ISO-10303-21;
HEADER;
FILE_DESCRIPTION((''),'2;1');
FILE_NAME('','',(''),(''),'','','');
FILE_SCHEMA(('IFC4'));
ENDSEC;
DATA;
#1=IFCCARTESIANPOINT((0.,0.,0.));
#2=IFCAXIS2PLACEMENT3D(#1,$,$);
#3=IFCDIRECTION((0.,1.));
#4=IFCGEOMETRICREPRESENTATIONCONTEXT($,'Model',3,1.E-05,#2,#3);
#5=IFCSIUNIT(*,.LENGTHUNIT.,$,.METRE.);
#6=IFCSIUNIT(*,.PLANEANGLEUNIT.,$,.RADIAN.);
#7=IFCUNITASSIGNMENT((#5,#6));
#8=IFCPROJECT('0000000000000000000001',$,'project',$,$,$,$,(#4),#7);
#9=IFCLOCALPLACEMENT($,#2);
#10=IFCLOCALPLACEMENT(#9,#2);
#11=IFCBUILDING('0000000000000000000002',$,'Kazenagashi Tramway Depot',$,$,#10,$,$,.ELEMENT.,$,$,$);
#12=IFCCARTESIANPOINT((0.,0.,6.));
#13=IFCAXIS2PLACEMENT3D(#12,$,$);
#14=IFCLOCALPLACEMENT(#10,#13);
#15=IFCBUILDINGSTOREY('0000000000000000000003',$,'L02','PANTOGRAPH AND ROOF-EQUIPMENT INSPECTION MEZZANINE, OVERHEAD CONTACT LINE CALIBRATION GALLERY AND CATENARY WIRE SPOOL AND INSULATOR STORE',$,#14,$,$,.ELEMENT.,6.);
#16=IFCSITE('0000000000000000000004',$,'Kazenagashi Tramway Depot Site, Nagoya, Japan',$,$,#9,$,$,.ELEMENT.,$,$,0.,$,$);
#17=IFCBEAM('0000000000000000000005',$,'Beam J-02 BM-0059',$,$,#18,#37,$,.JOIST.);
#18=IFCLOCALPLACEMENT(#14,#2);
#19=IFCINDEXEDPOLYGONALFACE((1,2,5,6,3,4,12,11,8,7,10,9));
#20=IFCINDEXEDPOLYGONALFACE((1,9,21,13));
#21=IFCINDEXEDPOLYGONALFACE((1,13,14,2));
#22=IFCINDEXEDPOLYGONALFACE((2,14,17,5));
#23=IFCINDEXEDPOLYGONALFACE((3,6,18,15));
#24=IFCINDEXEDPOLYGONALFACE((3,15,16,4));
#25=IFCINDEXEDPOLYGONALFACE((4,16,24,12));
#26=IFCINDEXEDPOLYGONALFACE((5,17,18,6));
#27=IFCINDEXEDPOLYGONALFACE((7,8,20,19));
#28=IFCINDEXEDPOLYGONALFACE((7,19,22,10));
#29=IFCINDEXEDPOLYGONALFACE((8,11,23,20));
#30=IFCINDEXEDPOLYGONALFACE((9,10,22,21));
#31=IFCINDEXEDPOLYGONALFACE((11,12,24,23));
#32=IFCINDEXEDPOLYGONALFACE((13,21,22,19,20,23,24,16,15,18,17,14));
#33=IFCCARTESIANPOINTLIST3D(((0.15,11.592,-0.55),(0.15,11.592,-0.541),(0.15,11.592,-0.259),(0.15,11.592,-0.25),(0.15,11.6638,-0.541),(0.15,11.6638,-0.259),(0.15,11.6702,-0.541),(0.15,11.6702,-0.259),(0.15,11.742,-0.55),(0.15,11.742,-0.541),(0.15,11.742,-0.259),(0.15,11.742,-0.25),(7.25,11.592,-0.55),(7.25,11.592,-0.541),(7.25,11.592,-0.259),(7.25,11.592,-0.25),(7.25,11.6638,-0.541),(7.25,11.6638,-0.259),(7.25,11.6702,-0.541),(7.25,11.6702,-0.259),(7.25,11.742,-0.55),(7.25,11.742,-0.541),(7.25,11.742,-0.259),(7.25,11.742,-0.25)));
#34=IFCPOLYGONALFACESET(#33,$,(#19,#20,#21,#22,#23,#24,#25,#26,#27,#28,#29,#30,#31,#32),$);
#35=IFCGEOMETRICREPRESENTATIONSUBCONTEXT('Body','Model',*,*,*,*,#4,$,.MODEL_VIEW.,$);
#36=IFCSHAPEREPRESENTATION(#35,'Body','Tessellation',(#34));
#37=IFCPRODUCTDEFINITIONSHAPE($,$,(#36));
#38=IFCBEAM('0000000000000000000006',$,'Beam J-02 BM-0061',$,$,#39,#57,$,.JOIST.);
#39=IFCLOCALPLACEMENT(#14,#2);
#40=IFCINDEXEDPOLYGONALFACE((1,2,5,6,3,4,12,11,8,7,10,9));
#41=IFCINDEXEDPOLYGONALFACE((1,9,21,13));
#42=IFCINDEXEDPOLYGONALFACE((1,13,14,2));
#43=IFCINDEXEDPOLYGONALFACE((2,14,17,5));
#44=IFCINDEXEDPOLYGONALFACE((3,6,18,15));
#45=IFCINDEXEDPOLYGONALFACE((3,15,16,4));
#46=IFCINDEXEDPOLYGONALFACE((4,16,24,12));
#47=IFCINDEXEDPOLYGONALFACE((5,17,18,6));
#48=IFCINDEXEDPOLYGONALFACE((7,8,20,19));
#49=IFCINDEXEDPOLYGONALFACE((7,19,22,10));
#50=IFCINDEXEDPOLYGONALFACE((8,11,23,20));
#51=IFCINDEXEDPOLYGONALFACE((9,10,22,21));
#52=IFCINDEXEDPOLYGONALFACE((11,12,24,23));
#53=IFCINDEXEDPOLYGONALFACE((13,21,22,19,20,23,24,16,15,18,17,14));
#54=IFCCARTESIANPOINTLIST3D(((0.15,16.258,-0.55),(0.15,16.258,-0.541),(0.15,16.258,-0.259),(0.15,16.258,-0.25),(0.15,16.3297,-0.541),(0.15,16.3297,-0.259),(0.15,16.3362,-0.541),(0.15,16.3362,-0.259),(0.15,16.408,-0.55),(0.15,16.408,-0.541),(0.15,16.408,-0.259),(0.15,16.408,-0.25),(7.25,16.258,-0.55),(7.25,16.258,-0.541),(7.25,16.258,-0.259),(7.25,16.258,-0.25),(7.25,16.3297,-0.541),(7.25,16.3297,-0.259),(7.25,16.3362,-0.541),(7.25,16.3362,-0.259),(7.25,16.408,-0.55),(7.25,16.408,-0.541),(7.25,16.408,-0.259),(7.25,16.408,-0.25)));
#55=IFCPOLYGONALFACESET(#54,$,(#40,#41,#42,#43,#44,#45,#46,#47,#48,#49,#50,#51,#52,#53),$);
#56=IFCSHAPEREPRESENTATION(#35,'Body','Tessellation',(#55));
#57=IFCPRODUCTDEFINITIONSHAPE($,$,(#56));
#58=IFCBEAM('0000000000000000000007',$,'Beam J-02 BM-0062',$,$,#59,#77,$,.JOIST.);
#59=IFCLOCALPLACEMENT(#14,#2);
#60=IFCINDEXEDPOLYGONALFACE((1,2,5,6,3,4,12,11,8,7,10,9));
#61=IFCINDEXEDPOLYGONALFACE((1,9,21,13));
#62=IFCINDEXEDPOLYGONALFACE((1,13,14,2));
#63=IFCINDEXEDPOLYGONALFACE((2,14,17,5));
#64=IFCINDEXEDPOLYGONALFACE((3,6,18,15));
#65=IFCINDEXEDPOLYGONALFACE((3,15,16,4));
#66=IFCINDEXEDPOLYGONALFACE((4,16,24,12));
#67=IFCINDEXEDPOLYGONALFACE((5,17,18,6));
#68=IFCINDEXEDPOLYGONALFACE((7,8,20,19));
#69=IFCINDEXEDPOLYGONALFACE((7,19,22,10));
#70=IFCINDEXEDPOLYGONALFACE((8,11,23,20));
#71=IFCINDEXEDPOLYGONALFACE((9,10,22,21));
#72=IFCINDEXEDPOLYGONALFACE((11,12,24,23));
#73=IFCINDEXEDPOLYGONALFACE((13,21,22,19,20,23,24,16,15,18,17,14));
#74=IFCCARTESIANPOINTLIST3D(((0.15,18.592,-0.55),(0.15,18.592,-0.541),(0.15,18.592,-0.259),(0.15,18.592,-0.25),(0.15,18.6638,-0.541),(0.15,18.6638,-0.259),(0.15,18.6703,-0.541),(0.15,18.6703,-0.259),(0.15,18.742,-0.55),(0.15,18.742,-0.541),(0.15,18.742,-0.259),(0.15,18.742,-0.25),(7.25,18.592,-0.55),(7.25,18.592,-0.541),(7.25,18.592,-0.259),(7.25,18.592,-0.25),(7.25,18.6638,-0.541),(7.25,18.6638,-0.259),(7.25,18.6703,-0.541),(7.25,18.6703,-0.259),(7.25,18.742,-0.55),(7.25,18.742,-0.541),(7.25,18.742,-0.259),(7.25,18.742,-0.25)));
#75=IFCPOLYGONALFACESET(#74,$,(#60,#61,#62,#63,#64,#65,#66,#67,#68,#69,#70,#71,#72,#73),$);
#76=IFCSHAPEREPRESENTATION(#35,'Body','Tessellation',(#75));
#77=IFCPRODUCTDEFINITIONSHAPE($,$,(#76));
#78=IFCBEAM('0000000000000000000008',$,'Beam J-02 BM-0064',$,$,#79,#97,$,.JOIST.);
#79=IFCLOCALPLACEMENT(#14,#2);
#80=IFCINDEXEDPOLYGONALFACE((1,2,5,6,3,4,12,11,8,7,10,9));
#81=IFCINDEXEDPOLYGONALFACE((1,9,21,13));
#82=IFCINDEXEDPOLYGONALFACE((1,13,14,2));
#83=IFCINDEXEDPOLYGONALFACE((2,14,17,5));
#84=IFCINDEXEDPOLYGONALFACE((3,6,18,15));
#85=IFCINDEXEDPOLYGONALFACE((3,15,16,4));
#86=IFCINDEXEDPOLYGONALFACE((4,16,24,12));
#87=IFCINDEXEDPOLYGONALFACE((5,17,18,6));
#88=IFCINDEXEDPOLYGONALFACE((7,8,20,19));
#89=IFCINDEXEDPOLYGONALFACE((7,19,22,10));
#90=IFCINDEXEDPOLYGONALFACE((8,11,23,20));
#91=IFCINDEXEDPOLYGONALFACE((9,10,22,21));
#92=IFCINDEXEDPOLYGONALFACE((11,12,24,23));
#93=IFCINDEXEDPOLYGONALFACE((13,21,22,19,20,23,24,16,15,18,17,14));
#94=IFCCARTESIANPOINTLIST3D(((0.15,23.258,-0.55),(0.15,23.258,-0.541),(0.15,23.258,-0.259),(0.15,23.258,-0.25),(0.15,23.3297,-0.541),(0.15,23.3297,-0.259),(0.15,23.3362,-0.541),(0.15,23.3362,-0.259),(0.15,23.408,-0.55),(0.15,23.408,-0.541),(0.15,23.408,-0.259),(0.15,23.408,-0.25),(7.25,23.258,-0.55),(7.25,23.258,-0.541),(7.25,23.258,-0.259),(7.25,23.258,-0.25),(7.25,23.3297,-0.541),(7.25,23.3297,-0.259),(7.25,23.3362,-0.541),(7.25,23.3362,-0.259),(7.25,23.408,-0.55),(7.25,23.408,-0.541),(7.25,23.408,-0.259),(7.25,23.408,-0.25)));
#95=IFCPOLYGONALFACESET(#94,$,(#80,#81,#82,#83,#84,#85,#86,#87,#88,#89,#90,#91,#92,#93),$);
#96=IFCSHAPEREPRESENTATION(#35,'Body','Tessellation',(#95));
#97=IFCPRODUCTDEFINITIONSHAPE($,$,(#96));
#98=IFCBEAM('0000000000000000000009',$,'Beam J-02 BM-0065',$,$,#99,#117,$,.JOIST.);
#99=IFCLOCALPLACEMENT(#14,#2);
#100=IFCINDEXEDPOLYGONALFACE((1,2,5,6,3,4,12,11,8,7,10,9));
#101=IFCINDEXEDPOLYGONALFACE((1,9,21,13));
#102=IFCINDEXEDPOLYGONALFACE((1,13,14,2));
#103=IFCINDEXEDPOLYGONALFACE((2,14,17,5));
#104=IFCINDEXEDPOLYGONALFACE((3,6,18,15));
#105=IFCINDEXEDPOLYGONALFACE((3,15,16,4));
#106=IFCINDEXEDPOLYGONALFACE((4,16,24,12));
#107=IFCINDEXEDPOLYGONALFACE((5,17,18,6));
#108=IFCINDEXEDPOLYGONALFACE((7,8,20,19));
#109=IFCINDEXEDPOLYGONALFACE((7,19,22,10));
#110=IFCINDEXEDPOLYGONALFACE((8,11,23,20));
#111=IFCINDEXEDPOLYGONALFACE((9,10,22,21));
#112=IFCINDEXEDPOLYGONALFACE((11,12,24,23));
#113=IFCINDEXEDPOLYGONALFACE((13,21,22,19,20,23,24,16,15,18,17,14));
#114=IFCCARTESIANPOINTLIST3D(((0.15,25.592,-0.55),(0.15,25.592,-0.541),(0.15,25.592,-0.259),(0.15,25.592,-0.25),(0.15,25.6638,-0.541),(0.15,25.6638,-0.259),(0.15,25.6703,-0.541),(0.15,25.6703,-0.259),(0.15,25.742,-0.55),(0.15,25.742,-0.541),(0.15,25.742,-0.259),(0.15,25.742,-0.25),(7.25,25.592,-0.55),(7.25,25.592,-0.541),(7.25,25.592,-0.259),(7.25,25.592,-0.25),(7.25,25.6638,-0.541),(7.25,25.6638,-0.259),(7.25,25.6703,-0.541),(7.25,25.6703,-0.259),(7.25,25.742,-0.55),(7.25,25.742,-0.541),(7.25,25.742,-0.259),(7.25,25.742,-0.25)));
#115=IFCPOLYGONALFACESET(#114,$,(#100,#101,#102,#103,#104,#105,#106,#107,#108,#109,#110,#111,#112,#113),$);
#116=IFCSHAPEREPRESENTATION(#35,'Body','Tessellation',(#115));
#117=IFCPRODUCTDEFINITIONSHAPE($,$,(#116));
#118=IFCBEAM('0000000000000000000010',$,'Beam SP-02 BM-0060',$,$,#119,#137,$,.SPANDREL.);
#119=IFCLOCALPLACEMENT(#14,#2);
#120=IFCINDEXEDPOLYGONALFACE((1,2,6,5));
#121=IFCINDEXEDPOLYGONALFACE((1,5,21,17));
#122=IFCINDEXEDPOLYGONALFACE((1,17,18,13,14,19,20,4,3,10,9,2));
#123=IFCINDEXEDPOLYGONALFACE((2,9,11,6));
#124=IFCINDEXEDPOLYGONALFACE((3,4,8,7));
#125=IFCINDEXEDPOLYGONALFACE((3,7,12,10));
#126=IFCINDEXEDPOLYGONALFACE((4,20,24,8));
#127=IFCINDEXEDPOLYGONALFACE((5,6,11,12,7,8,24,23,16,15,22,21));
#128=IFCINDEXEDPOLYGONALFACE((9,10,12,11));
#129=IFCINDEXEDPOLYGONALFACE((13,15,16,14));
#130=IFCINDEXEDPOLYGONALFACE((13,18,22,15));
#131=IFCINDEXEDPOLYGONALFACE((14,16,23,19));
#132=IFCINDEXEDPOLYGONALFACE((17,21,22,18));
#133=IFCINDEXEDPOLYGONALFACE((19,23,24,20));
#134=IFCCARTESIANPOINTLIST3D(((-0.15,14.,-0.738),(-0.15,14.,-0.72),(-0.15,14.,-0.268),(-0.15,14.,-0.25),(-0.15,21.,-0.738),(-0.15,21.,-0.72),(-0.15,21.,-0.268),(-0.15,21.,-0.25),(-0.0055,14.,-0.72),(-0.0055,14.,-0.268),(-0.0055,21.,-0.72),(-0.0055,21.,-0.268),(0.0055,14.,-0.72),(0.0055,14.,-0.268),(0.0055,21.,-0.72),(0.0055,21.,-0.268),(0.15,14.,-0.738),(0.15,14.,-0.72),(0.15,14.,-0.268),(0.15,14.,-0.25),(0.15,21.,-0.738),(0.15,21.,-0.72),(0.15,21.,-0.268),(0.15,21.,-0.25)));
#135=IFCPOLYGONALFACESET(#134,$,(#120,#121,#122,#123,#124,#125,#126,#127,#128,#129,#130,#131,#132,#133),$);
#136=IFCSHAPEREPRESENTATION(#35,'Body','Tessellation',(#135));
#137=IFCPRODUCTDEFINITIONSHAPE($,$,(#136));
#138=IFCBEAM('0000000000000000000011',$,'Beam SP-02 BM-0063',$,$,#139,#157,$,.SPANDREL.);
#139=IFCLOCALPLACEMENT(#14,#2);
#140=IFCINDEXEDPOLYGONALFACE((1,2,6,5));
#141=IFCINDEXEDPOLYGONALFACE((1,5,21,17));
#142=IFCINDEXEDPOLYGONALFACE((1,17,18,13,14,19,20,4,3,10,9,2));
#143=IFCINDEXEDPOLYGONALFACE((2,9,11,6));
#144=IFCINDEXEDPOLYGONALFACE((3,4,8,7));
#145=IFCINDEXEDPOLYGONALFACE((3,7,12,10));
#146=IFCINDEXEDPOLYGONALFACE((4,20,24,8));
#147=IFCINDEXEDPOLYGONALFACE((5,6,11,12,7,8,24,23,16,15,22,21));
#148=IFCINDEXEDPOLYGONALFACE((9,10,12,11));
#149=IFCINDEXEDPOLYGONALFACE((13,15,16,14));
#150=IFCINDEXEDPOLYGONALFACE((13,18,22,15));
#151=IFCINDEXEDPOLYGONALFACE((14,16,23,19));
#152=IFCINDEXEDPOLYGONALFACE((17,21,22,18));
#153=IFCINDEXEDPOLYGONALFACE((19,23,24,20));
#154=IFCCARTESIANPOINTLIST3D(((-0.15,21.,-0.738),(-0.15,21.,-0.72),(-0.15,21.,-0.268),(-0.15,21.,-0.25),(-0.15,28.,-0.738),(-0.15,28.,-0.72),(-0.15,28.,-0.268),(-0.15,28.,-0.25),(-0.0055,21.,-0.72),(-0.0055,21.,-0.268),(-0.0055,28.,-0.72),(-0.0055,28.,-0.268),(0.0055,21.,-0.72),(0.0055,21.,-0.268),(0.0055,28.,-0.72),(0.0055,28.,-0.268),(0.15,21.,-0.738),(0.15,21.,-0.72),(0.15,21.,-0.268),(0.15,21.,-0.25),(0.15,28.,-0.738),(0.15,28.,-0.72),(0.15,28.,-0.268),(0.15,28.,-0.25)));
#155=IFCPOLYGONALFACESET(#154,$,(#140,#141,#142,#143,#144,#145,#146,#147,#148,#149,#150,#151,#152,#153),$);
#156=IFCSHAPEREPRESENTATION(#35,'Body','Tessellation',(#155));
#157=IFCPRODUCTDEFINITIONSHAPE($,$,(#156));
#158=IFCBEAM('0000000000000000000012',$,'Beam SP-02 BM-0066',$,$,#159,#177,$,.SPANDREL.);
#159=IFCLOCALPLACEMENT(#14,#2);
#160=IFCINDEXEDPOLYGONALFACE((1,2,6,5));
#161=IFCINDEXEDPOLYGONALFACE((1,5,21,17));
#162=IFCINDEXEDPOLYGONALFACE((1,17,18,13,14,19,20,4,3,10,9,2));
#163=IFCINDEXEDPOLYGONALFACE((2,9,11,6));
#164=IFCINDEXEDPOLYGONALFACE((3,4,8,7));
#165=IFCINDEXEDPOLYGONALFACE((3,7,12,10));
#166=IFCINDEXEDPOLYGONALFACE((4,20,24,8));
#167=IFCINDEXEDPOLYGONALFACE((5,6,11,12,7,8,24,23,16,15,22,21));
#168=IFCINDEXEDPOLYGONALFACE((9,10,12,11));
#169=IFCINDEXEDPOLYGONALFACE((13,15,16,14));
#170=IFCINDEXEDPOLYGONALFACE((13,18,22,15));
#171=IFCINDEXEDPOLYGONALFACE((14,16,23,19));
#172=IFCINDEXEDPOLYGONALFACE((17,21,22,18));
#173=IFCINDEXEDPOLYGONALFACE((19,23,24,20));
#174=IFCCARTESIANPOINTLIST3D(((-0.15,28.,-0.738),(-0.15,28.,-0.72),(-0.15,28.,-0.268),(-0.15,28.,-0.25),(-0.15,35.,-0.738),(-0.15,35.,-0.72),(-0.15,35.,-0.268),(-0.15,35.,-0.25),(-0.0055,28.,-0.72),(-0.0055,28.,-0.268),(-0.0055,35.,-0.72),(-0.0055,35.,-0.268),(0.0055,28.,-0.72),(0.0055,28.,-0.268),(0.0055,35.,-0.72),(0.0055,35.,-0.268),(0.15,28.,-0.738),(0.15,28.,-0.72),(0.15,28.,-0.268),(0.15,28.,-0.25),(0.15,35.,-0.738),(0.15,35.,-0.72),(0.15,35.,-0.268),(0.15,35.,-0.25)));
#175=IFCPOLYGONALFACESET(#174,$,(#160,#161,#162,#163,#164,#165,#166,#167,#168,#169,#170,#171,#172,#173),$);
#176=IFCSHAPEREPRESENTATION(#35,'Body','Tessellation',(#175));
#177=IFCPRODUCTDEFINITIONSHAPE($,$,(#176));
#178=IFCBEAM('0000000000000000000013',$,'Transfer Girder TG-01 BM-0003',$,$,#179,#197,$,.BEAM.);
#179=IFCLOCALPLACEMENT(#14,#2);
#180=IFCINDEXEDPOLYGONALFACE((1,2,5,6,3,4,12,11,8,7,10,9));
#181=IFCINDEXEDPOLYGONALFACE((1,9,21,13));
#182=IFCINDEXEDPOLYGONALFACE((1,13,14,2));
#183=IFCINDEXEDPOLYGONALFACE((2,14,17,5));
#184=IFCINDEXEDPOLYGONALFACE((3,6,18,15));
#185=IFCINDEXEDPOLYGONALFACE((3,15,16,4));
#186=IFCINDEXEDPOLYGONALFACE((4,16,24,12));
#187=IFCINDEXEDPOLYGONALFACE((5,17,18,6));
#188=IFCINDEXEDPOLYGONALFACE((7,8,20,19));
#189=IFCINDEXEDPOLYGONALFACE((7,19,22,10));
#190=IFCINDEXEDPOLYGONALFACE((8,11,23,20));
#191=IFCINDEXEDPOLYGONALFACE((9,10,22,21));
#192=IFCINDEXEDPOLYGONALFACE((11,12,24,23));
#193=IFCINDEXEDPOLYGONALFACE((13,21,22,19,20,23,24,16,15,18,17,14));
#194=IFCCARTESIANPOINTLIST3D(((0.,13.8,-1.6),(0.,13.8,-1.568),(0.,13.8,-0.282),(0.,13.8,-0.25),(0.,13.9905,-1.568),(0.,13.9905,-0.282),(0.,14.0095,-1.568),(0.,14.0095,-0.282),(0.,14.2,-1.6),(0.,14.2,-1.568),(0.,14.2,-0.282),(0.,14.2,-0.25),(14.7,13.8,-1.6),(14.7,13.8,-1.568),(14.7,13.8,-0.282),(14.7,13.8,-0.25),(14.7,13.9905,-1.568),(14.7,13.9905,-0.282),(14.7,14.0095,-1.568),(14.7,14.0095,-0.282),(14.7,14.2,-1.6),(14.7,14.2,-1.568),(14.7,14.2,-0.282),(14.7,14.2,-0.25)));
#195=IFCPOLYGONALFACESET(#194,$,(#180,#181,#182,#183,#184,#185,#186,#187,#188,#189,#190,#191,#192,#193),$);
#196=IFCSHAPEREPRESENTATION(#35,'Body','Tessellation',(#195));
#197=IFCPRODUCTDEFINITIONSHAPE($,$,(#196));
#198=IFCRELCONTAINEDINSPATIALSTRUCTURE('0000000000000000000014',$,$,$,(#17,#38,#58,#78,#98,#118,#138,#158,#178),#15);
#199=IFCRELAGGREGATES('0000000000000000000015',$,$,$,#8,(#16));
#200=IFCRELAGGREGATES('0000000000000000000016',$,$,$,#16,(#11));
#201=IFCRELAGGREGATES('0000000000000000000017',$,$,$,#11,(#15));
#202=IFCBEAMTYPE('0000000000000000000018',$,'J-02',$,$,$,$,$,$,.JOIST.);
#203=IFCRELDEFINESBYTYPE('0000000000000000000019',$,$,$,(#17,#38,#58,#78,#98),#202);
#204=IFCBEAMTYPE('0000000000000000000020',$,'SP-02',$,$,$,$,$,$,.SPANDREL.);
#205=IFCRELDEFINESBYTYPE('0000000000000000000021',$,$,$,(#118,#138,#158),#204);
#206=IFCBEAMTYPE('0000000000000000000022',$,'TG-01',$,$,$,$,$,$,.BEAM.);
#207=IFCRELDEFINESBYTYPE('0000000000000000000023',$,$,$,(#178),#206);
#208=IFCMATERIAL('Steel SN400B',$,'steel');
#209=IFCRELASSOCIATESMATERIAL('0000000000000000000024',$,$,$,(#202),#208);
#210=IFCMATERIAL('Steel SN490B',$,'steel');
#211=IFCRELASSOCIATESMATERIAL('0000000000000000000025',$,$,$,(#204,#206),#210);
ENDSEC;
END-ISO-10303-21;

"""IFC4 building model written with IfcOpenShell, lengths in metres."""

from ifc_helpers import new_model, si_unit, direction, frame, origin, origin_2d, place, context, subcontext, project, spatial, i_section, extrude, material, material_profile, profile_set, type_object, element, save


model = new_model("IFC4")

# Units and contexts
model_context = context("Model", 3, precision=1e-05, world=origin(), true_north=direction((0.0, 1.0)))
body_context = subcontext(model_context, "Body", "Model", "MODEL_VIEW")
ifc_project = project(units=[si_unit("LENGTHUNIT", "METRE"), si_unit("PLANEANGLEUNIT", "RADIAN")], contexts=[model_context])

# Site, building, storey
site_placement = place(None, origin())
site = spatial("IfcSite", under=ifc_project, at=site_placement, Name="Kazenagashi Tramway Depot Site, Nagoya, Japan", CompositionType="ELEMENT", RefElevation=0.0)
building_placement = place(site_placement, origin())
building = spatial("IfcBuilding", under=site, at=building_placement, Name="Kazenagashi Tramway Depot", CompositionType="ELEMENT")
storey_placement = place(building_placement, frame((0.0, 0.0, 6.0)))
storey = spatial("IfcBuildingStorey", under=building, at=storey_placement, Name="L02", Description="PANTOGRAPH AND ROOF-EQUIPMENT INSPECTION MEZZANINE, OVERHEAD CONTACT LINE CALIBRATION GALLERY AND CATENARY WIRE SPOOL AND INSULATOR STORE", CompositionType="ELEMENT", Elevation=6.0)

# Shared definitions
ifc_material_1 = material(Name="Steel SN490B", Category="steel")

# Beams
ifc_material_2 = material(Name="Steel SN400B", Category="steel")
ifc_material_profile_1 = material_profile(ifc_material_2, i_section(OverallWidth=0.15, OverallDepth=0.3, WebThickness=0.0065, FlangeThickness=0.009, at=origin_2d()), Name="H-300x150x6.5x9")
ifc_profile_set_1 = profile_set([ifc_material_profile_1], Name="Steel SN400B")
beam_type_1 = type_object("IfcBeamType", Name="J-02", PredefinedType="JOIST", material=ifc_profile_set_1)
for number, where, z_axis, x_axis, name in (
    (1, (0.15, 11.667, -0.4), (1.0, 0.0, 0.0), (0.0, 1.0, 0.0), "Beam J-02 BM-0059"),
    (2, (0.15, 16.333, -0.4), (1.0, 0.0, 0.0), (0.0, 1.0, 0.0), "Beam J-02 BM-0061"),
    (3, (0.15, 18.667, -0.4), (1.0, 0.0, 0.0), (0.0, 1.0, 0.0), "Beam J-02 BM-0062"),
    (4, (0.15, 23.333, -0.4), (1.0, 0.0, 0.0), (0.0, 1.0, 0.0), "Beam J-02 BM-0064"),
    (5, (0.15, 25.667, -0.4), (1.0, 0.0, 0.0), (0.0, 1.0, 0.0), "Beam J-02 BM-0065"),
):
    element("IfcBeam", number, at=place(storey_placement, frame(where, z_axis=z_axis, x_axis=x_axis)), inside=storey, type_object=beam_type_1, Name=name, PredefinedType="JOIST", context=body_context, shape_type="SweptSolid", body=[
        extrude(i_section(OverallWidth=0.15, OverallDepth=0.3, WebThickness=0.0065, FlangeThickness=0.009, at=origin_2d()), origin(), (0.0, 0.0, 1.0), 7.1),
    ])
ifc_material_profile_2 = material_profile(ifc_material_1, i_section(OverallWidth=0.3, OverallDepth=0.488, WebThickness=0.011, FlangeThickness=0.018, at=origin_2d()), Name="H-488x300x11x18")
ifc_profile_set_2 = profile_set([ifc_material_profile_2], Name="Steel SN490B")
beam_type_2 = type_object("IfcBeamType", Name="SP-02", PredefinedType="SPANDREL", material=ifc_profile_set_2)
for number, where, z_axis, x_axis, name in (
    (6, (0.0, 14.0, -0.494), (0.0, 1.0, 0.0), (-1.0, 0.0, 0.0), "Beam SP-02 BM-0060"),
    (7, (0.0, 21.0, -0.494), (0.0, 1.0, 0.0), (-1.0, 0.0, 0.0), "Beam SP-02 BM-0063"),
    (8, (0.0, 28.0, -0.494), (0.0, 1.0, 0.0), (-1.0, 0.0, 0.0), "Beam SP-02 BM-0066"),
):
    element("IfcBeam", number, at=place(storey_placement, frame(where, z_axis=z_axis, x_axis=x_axis)), inside=storey, type_object=beam_type_2, Name=name, PredefinedType="SPANDREL", context=body_context, shape_type="SweptSolid", body=[
        extrude(i_section(OverallWidth=0.3, OverallDepth=0.488, WebThickness=0.011, FlangeThickness=0.018, at=origin_2d()), origin(), (0.0, 0.0, 1.0), 7.0),
    ])
ifc_material_profile_3 = material_profile(ifc_material_1, i_section(OverallWidth=0.4, OverallDepth=1.35, WebThickness=0.019, FlangeThickness=0.032, at=origin_2d()), Name="BH-1350x400x19x32")
ifc_profile_set_3 = profile_set([ifc_material_profile_3], Name="Steel SN490B")
beam_type_3 = type_object("IfcBeamType", Name="TG-01", PredefinedType="BEAM", material=ifc_profile_set_3)
for number, where, z_axis, x_axis, name in (
    (9, (0.0, 14.0, -0.925), (1.0, 0.0, 0.0), (0.0, 1.0, 0.0), "Transfer Girder TG-01 BM-0003"),
):
    element("IfcBeam", number, at=place(storey_placement, frame(where, z_axis=z_axis, x_axis=x_axis)), inside=storey, type_object=beam_type_3, Name=name, PredefinedType="BEAM", context=body_context, shape_type="SweptSolid", body=[
        extrude(i_section(OverallWidth=0.4, OverallDepth=1.35, WebThickness=0.019, FlangeThickness=0.032, at=origin_2d()), origin(), (0.0, 0.0, 1.0), 14.7),
    ])

save(model, "model.ifc")
